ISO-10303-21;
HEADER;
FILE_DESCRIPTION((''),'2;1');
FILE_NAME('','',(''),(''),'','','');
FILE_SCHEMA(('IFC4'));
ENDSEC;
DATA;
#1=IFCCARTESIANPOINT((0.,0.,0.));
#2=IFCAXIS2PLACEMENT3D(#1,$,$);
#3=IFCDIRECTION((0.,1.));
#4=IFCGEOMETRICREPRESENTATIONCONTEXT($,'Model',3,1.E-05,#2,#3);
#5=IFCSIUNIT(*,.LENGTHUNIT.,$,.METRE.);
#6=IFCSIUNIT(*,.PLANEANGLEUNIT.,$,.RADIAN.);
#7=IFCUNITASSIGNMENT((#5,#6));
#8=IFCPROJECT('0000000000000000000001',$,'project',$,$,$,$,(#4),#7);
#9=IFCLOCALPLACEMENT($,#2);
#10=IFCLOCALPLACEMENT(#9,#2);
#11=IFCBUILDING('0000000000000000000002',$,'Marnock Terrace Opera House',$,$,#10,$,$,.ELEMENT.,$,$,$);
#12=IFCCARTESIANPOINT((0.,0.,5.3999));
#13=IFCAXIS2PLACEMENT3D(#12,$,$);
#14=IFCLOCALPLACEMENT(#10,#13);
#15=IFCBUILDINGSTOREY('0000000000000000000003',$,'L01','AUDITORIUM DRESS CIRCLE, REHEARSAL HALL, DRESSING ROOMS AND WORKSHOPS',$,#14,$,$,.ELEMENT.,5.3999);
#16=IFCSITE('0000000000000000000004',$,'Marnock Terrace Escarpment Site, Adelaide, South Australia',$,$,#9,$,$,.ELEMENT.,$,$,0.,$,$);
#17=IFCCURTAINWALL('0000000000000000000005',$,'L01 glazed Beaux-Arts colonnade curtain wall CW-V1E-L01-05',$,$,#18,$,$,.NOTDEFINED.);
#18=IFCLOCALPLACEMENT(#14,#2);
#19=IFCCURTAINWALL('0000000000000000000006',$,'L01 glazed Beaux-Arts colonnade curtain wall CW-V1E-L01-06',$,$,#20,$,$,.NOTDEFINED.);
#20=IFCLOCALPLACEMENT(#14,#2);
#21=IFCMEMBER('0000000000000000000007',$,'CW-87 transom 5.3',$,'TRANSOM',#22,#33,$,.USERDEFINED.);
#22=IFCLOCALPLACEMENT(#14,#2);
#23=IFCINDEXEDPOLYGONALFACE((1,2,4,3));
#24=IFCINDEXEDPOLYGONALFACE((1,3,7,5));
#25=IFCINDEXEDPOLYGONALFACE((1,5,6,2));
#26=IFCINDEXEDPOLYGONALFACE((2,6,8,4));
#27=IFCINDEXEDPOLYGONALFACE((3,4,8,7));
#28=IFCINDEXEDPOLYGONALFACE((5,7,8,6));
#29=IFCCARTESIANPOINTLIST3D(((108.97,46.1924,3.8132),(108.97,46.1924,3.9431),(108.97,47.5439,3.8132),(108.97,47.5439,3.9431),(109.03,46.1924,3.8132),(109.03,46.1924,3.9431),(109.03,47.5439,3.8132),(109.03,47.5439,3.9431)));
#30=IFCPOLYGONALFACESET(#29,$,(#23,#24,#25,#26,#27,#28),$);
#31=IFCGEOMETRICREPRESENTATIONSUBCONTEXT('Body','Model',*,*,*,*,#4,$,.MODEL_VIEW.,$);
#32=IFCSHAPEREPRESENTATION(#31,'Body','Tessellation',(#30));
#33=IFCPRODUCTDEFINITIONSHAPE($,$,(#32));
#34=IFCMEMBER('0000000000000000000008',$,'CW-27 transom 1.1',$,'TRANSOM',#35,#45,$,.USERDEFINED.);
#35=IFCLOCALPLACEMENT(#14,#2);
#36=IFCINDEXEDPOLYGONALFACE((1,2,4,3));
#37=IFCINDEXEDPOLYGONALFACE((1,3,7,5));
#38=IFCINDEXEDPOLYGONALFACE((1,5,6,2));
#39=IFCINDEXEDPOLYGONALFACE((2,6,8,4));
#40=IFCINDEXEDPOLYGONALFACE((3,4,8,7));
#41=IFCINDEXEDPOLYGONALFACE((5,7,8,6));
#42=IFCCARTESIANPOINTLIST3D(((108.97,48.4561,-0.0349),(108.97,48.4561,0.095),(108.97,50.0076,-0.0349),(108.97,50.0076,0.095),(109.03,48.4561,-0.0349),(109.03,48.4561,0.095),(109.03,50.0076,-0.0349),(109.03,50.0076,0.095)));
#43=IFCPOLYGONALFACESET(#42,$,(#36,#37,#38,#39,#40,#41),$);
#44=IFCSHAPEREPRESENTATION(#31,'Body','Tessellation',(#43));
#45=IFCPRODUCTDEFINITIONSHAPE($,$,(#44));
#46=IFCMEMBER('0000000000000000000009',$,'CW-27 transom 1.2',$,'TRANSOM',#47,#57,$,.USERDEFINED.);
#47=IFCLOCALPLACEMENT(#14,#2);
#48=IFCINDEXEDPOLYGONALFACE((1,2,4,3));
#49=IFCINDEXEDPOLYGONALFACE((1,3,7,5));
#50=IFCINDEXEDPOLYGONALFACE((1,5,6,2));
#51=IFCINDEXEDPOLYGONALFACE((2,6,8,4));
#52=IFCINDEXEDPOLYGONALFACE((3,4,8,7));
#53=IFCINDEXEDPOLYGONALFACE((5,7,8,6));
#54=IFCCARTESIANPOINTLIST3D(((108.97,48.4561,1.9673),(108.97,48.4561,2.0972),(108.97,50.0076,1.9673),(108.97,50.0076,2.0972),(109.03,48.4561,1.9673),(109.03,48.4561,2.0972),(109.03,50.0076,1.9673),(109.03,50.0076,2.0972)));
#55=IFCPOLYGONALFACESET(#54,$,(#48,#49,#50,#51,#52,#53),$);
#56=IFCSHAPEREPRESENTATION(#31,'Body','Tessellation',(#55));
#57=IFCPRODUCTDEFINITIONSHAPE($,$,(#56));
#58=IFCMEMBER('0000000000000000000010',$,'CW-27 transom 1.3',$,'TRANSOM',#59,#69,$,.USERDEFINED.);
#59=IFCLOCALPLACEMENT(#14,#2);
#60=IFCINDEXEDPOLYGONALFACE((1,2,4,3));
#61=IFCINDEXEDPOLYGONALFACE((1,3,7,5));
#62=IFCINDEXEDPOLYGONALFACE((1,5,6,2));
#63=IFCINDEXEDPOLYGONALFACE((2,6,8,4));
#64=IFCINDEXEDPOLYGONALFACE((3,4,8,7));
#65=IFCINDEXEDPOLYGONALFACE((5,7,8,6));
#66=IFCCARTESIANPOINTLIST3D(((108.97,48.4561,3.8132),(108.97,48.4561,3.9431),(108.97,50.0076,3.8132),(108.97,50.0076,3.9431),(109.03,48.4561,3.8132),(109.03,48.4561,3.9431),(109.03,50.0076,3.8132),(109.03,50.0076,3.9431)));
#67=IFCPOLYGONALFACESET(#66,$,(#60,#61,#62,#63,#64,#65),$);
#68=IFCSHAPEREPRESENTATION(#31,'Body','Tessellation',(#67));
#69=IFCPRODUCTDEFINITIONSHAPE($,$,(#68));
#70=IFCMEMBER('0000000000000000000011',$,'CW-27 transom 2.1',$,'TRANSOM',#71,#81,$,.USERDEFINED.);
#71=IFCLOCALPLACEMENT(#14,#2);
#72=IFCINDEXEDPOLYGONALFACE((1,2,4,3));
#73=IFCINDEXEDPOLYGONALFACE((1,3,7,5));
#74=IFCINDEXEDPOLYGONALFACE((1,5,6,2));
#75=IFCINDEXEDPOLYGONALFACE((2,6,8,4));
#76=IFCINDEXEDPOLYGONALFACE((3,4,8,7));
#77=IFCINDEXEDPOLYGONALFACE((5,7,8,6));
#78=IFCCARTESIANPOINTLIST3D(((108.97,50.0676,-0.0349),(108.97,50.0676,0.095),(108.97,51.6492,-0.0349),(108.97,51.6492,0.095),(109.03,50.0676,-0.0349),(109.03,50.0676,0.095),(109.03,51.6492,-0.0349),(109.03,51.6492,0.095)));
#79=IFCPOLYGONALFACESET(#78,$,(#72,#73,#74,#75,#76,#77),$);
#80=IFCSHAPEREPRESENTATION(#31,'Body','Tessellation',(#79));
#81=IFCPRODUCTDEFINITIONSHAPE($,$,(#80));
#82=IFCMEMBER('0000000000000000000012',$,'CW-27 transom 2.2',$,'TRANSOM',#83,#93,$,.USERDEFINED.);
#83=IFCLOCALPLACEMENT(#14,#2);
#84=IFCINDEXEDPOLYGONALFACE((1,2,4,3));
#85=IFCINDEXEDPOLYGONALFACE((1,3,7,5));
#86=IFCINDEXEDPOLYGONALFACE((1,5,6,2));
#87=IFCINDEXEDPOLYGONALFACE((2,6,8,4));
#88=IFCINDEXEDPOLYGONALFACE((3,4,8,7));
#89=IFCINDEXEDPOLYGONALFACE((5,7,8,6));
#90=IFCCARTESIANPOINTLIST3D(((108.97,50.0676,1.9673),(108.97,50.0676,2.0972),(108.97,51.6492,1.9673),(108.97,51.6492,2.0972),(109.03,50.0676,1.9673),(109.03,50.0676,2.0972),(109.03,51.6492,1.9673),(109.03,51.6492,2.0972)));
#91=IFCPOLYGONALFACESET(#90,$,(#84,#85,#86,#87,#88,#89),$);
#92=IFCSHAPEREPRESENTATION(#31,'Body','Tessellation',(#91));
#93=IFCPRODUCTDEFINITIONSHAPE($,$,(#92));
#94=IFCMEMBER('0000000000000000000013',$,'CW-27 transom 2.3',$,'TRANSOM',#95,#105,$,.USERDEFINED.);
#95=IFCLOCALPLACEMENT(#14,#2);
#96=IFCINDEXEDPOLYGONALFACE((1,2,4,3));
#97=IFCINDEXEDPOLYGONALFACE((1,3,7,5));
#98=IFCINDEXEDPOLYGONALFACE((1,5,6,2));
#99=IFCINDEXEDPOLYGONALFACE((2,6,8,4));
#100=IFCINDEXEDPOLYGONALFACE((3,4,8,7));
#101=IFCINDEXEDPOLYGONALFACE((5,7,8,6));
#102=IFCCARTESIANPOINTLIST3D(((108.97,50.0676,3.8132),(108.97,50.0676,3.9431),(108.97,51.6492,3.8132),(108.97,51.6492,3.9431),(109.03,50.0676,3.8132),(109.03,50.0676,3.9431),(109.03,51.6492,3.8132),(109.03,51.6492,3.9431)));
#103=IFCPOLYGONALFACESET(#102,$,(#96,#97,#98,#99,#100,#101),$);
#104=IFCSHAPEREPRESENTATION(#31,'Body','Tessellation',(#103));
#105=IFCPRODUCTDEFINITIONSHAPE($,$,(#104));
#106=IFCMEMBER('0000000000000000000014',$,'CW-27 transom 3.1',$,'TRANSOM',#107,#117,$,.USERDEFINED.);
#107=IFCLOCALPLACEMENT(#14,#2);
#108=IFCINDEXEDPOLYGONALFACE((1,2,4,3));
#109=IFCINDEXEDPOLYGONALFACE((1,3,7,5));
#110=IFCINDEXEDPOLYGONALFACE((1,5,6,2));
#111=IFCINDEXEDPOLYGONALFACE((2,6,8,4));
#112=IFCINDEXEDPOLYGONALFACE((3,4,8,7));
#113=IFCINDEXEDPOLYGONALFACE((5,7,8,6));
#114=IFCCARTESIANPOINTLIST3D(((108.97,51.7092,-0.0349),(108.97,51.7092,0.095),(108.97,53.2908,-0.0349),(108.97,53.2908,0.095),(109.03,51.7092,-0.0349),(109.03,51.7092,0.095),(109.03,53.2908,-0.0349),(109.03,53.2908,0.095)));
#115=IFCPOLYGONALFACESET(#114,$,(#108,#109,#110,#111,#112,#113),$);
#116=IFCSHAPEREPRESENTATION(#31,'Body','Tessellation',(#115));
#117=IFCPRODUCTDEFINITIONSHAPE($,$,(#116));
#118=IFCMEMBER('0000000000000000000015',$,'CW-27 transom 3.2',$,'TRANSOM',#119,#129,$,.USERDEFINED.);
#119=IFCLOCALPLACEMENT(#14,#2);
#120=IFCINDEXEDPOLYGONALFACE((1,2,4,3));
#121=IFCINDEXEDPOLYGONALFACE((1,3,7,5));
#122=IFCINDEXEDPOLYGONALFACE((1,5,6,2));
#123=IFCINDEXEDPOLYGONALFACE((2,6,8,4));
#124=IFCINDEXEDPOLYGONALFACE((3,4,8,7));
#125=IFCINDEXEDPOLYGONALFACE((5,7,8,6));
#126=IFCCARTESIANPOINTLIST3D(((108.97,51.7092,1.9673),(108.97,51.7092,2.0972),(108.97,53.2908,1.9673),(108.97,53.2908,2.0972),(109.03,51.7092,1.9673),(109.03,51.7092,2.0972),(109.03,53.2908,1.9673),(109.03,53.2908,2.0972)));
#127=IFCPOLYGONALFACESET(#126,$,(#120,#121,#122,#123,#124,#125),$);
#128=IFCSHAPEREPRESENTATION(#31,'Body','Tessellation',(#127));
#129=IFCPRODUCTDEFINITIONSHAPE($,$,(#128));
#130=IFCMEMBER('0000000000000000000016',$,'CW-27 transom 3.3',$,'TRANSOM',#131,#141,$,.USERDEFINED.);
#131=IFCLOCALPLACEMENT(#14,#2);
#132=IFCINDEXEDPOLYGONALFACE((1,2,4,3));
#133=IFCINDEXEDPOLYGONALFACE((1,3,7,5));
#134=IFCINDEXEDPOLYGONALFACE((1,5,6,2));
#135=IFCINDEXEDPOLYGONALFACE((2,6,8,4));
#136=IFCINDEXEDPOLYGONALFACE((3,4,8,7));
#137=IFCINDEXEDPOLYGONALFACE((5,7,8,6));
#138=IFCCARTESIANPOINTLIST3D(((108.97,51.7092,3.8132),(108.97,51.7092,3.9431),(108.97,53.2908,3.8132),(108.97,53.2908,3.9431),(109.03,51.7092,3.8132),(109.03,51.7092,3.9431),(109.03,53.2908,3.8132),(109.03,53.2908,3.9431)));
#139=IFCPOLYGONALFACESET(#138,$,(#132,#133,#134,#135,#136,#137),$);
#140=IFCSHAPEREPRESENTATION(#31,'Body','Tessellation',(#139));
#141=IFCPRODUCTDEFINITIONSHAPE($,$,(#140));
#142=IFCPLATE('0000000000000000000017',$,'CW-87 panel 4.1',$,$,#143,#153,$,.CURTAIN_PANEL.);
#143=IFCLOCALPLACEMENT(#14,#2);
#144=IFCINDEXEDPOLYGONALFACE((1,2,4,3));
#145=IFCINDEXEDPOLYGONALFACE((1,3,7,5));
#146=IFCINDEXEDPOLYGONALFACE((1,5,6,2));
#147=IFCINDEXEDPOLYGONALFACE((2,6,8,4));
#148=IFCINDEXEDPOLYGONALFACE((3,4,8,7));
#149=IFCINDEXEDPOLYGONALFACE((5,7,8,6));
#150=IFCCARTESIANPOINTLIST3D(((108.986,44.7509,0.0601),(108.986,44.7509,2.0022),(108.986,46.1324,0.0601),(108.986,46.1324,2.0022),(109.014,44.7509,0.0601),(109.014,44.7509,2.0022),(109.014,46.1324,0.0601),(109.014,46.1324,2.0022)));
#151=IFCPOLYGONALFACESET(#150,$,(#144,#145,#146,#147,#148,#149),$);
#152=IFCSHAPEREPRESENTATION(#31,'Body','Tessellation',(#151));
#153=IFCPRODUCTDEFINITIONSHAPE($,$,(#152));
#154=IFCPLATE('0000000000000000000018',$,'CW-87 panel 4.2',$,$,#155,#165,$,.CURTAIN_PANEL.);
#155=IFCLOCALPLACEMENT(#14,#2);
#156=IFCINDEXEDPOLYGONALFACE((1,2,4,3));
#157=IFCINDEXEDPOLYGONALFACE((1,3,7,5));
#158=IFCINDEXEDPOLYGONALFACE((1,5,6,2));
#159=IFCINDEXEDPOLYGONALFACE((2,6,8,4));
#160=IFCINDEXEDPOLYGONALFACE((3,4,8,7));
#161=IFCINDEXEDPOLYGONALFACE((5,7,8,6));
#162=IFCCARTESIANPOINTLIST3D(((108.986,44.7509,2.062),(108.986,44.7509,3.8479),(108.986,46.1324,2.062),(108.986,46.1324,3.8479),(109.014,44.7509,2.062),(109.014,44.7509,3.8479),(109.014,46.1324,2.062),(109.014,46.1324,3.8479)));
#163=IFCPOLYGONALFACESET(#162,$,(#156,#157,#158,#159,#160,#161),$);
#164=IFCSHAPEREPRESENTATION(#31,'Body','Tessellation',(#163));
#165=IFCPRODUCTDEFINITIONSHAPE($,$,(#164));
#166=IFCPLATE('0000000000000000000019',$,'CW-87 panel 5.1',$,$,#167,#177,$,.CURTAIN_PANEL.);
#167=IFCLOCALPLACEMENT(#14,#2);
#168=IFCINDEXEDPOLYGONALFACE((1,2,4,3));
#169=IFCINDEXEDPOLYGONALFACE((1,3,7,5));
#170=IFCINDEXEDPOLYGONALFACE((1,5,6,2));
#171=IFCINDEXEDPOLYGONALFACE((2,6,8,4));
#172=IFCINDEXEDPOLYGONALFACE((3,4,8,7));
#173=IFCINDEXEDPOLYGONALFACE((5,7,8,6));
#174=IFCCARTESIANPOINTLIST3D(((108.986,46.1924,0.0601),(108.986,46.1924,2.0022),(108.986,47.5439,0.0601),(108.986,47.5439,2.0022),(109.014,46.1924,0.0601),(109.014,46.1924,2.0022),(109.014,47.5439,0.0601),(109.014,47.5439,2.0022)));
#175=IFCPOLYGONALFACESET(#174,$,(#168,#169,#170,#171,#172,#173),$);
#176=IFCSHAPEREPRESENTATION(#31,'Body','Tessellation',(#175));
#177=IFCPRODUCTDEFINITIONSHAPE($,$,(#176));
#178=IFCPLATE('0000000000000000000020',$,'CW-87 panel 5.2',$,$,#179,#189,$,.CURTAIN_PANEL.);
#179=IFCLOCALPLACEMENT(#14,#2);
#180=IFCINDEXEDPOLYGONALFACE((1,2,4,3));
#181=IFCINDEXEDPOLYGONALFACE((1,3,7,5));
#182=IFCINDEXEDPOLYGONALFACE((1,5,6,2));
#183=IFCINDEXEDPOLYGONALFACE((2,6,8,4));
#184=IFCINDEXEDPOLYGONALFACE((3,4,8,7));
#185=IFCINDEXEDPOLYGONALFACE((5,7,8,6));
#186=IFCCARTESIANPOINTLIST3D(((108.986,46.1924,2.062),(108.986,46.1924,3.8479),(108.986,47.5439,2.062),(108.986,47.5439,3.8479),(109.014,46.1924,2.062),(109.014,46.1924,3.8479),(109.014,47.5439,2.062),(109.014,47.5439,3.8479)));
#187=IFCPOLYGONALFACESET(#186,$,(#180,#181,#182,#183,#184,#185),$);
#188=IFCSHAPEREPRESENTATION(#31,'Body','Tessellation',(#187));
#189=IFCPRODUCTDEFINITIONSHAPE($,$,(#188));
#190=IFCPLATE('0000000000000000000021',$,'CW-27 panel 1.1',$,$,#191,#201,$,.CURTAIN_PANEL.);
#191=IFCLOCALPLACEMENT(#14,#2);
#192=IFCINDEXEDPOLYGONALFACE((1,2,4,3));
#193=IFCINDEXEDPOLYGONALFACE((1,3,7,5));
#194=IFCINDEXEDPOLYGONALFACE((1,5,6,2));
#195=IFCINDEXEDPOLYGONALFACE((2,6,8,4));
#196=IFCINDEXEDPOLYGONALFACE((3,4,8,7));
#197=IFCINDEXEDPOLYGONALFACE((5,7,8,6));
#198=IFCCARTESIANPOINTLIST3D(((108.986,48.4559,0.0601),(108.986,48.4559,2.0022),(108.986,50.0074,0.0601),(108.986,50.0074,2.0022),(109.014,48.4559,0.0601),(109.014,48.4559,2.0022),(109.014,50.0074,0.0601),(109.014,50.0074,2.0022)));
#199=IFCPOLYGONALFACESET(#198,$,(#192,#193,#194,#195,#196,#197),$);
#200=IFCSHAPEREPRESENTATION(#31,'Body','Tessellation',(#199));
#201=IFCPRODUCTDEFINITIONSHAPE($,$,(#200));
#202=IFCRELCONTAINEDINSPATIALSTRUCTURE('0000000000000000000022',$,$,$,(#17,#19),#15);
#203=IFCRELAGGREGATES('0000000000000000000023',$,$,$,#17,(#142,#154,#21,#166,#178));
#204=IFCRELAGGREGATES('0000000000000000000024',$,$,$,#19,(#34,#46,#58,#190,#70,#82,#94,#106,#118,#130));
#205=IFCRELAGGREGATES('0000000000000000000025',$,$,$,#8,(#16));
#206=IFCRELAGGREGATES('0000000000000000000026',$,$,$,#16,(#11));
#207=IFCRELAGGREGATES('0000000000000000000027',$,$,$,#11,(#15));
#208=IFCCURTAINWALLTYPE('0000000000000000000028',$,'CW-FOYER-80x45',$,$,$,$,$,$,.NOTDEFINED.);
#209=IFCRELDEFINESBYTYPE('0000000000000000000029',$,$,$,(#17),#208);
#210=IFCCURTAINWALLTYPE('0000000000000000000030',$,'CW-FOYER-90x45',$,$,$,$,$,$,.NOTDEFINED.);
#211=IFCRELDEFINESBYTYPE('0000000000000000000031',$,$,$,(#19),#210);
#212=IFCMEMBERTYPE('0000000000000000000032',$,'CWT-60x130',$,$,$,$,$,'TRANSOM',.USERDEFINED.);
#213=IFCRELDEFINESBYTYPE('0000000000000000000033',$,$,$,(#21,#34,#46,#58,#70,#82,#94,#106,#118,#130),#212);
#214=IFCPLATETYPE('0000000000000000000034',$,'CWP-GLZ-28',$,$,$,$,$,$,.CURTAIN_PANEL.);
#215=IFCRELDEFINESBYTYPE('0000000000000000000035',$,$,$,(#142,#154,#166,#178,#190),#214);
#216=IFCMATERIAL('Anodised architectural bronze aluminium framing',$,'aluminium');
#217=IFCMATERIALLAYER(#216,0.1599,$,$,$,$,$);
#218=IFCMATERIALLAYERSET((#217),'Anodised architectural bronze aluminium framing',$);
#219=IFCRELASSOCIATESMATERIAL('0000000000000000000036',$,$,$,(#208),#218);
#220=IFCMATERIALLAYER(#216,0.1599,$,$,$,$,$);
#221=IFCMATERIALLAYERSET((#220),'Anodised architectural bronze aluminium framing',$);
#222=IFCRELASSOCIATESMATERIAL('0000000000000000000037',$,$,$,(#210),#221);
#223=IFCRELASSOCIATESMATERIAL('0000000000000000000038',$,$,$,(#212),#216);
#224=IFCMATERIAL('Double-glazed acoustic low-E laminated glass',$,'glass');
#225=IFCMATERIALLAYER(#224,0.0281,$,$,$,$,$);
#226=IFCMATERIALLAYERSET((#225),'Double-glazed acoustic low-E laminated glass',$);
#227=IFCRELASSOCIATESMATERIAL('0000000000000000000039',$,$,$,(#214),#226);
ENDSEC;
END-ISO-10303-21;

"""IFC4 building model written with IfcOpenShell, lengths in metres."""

from ifc_helpers import new_model, si_unit, direction, frame, origin, origin_2d, place, context, subcontext, project, spatial, rectangle, extrude, material, layer, layer_set, material_profile, profile_set, type_object, element, aggregate, save


model = new_model("IFC4")

# Units and contexts
model_context = context("Model", 3, precision=1e-05, world=origin(), true_north=direction((0.0, 1.0)))
body_context = subcontext(model_context, "Body", "Model", "MODEL_VIEW")
ifc_project = project(units=[si_unit("LENGTHUNIT", "METRE"), si_unit("PLANEANGLEUNIT", "RADIAN")], contexts=[model_context])

# Site, building, storey
site_placement = place(None, origin())
site = spatial("IfcSite", under=ifc_project, at=site_placement, Name="Marnock Terrace Escarpment Site, Adelaide, South Australia", CompositionType="ELEMENT", RefElevation=0.0)
building_placement = place(site_placement, origin())
building = spatial("IfcBuilding", under=site, at=building_placement, Name="Marnock Terrace Opera House", CompositionType="ELEMENT")
storey_placement = place(building_placement, frame((0.0, 0.0, 5.3999)))
storey = spatial("IfcBuildingStorey", under=building, at=storey_placement, Name="L01", Description="AUDITORIUM DRESS CIRCLE, REHEARSAL HALL, DRESSING ROOMS AND WORKSHOPS", CompositionType="ELEMENT", Elevation=5.3999)

# Curtain walls
ifc_material_1 = material(Name="Anodised architectural bronze aluminium framing", Category="aluminium")
ifc_layer_1 = layer(ifc_material_1, 0.1599)
ifc_layer_set_1 = layer_set([ifc_layer_1], Name="Anodised architectural bronze aluminium framing")
curtain_wall_type_1 = type_object("IfcCurtainWallType", Name="CW-FOYER-80x45", PredefinedType="NOTDEFINED", material=ifc_layer_set_1)
curtain_wall_1_placement = place(storey_placement, origin())
curtain_wall_1 = element("IfcCurtainWall", 1, at=curtain_wall_1_placement, inside=storey, type_object=curtain_wall_type_1, Name="L01 glazed Beaux-Arts colonnade curtain wall CW-V1E-L01-05", PredefinedType="NOTDEFINED")
ifc_layer_2 = layer(ifc_material_1, 0.1599)
ifc_layer_set_2 = layer_set([ifc_layer_2], Name="Anodised architectural bronze aluminium framing")
curtain_wall_type_2 = type_object("IfcCurtainWallType", Name="CW-FOYER-90x45", PredefinedType="NOTDEFINED", material=ifc_layer_set_2)
curtain_wall_2_placement = place(storey_placement, origin())
curtain_wall_2 = element("IfcCurtainWall", 2, at=curtain_wall_2_placement, inside=storey, type_object=curtain_wall_type_2, Name="L01 glazed Beaux-Arts colonnade curtain wall CW-V1E-L01-06", PredefinedType="NOTDEFINED")

# Members
ifc_material_profile_1 = material_profile(ifc_material_1, rectangle(XDim=0.0601, YDim=0.1299, at=origin_2d()))
ifc_profile_set_1 = profile_set([ifc_material_profile_1], Name="Anodised architectural bronze aluminium framing")
member_type_1 = type_object("IfcMemberType", Name="CWT-60x130", ElementType="TRANSOM", PredefinedType="USERDEFINED", material=ifc_profile_set_1)
member_1_placement = place(storey_placement, frame((109.0, 46.1924, 3.8782), z_axis=(0.0, 1.0, 0.0), x_axis=(-1.0, 0.0, 0.0)))
member_1 = element("IfcMember", 3, at=member_1_placement, type_object=member_type_1, Name="CW-87 transom 5.3", ObjectType="TRANSOM", PredefinedType="USERDEFINED", context=body_context, shape_type="SweptSolid", body=[
    extrude(rectangle(XDim=0.0601, YDim=0.1299, at=origin_2d()), origin(), (0.0, 0.0, 1.0), 1.3516),
])
member_2_placement = place(storey_placement, frame((109.0, 48.4561, 0.03), z_axis=(0.0, 1.0, 0.0), x_axis=(-1.0, 0.0, 0.0)))
member_2 = element("IfcMember", 4, at=member_2_placement, type_object=member_type_1, Name="CW-27 transom 1.1", ObjectType="TRANSOM", PredefinedType="USERDEFINED", context=body_context, shape_type="SweptSolid", body=[
    extrude(rectangle(XDim=0.0601, YDim=0.1299, at=origin_2d()), origin(), (0.0, 0.0, 1.0), 1.5515),
])
member_3_placement = place(storey_placement, frame((109.0, 48.4561, 2.0322), z_axis=(0.0, 1.0, 0.0), x_axis=(-1.0, 0.0, 0.0)))
member_3 = element("IfcMember", 5, at=member_3_placement, type_object=member_type_1, Name="CW-27 transom 1.2", ObjectType="TRANSOM", PredefinedType="USERDEFINED", context=body_context, shape_type="SweptSolid", body=[
    extrude(rectangle(XDim=0.0601, YDim=0.1299, at=origin_2d()), origin(), (0.0, 0.0, 1.0), 1.5515),
])
member_4_placement = place(storey_placement, frame((109.0, 48.4561, 3.8782), z_axis=(0.0, 1.0, 0.0), x_axis=(-1.0, 0.0, 0.0)))
member_4 = element("IfcMember", 6, at=member_4_placement, type_object=member_type_1, Name="CW-27 transom 1.3", ObjectType="TRANSOM", PredefinedType="USERDEFINED", context=body_context, shape_type="SweptSolid", body=[
    extrude(rectangle(XDim=0.0601, YDim=0.1299, at=origin_2d()), origin(), (0.0, 0.0, 1.0), 1.5515),
])
member_5_placement = place(storey_placement, frame((109.0, 50.0676, 0.03), z_axis=(0.0, 1.0, 0.0), x_axis=(-1.0, 0.0, 0.0)))
member_5 = element("IfcMember", 7, at=member_5_placement, type_object=member_type_1, Name="CW-27 transom 2.1", ObjectType="TRANSOM", PredefinedType="USERDEFINED", context=body_context, shape_type="SweptSolid", body=[
    extrude(rectangle(XDim=0.0601, YDim=0.1299, at=origin_2d()), origin(), (0.0, 0.0, 1.0), 1.5815),
])
member_6_placement = place(storey_placement, frame((109.0, 50.0676, 2.0322), z_axis=(0.0, 1.0, 0.0), x_axis=(-1.0, 0.0, 0.0)))
member_6 = element("IfcMember", 8, at=member_6_placement, type_object=member_type_1, Name="CW-27 transom 2.2", ObjectType="TRANSOM", PredefinedType="USERDEFINED", context=body_context, shape_type="SweptSolid", body=[
    extrude(rectangle(XDim=0.0601, YDim=0.1299, at=origin_2d()), origin(), (0.0, 0.0, 1.0), 1.5815),
])
member_7_placement = place(storey_placement, frame((109.0, 50.0676, 3.8782), z_axis=(0.0, 1.0, 0.0), x_axis=(-1.0, 0.0, 0.0)))
member_7 = element("IfcMember", 9, at=member_7_placement, type_object=member_type_1, Name="CW-27 transom 2.3", ObjectType="TRANSOM", PredefinedType="USERDEFINED", context=body_context, shape_type="SweptSolid", body=[
    extrude(rectangle(XDim=0.0601, YDim=0.1299, at=origin_2d()), origin(), (0.0, 0.0, 1.0), 1.5815),
])
member_8_placement = place(storey_placement, frame((109.0, 51.7092, 0.03), z_axis=(0.0, 1.0, 0.0), x_axis=(-1.0, 0.0, 0.0)))
member_8 = element("IfcMember", 10, at=member_8_placement, type_object=member_type_1, Name="CW-27 transom 3.1", ObjectType="TRANSOM", PredefinedType="USERDEFINED", context=body_context, shape_type="SweptSolid", body=[
    extrude(rectangle(XDim=0.0601, YDim=0.1299, at=origin_2d()), origin(), (0.0, 0.0, 1.0), 1.5815),
])
member_9_placement = place(storey_placement, frame((109.0, 51.7092, 2.0322), z_axis=(0.0, 1.0, 0.0), x_axis=(-1.0, 0.0, 0.0)))
member_9 = element("IfcMember", 11, at=member_9_placement, type_object=member_type_1, Name="CW-27 transom 3.2", ObjectType="TRANSOM", PredefinedType="USERDEFINED", context=body_context, shape_type="SweptSolid", body=[
    extrude(rectangle(XDim=0.0601, YDim=0.1299, at=origin_2d()), origin(), (0.0, 0.0, 1.0), 1.5815),
])
member_10_placement = place(storey_placement, frame((109.0, 51.7092, 3.8782), z_axis=(0.0, 1.0, 0.0), x_axis=(-1.0, 0.0, 0.0)))
member_10 = element("IfcMember", 12, at=member_10_placement, type_object=member_type_1, Name="CW-27 transom 3.3", ObjectType="TRANSOM", PredefinedType="USERDEFINED", context=body_context, shape_type="SweptSolid", body=[
    extrude(rectangle(XDim=0.0601, YDim=0.1299, at=origin_2d()), origin(), (0.0, 0.0, 1.0), 1.5815),
])

# Plates
ifc_material_2 = material(Name="Double-glazed acoustic low-E laminated glass", Category="glass")
ifc_layer_3 = layer(ifc_material_2, 0.0281)
ifc_layer_set_3 = layer_set([ifc_layer_3], Name="Double-glazed acoustic low-E laminated glass")
plate_type = type_object("IfcPlateType", Name="CWP-GLZ-28", PredefinedType="CURTAIN_PANEL", material=ifc_layer_set_3)
plate_1_placement = place(storey_placement, frame((109.0, 45.4417, 0.0601), z_axis=(0.0, 0.0, 1.0), x_axis=(0.0, 1.0, 0.0)))
plate_1 = element("IfcPlate", 13, at=plate_1_placement, type_object=plate_type, Name="CW-87 panel 4.1", PredefinedType="CURTAIN_PANEL", context=body_context, shape_type="SweptSolid", body=[
    extrude(rectangle(XDim=1.3816, YDim=0.0281, at=origin_2d()), origin(), (0.0, 0.0, 1.0), 1.9421),
])
plate_2_placement = place(storey_placement, frame((109.0, 45.4417, 2.062), z_axis=(0.0, 0.0, 1.0), x_axis=(0.0, 1.0, 0.0)))
plate_2 = element("IfcPlate", 14, at=plate_2_placement, type_object=plate_type, Name="CW-87 panel 4.2", PredefinedType="CURTAIN_PANEL", context=body_context, shape_type="SweptSolid", body=[
    extrude(rectangle(XDim=1.3816, YDim=0.0281, at=origin_2d()), origin(), (0.0, 0.0, 1.0), 1.7859),
])
plate_3_placement = place(storey_placement, frame((109.0, 46.8682, 0.0601), z_axis=(0.0, 0.0, 1.0), x_axis=(0.0, 1.0, 0.0)))
plate_3 = element("IfcPlate", 15, at=plate_3_placement, type_object=plate_type, Name="CW-87 panel 5.1", PredefinedType="CURTAIN_PANEL", context=body_context, shape_type="SweptSolid", body=[
    extrude(rectangle(XDim=1.3516, YDim=0.0281, at=origin_2d()), origin(), (0.0, 0.0, 1.0), 1.9421),
])
plate_4_placement = place(storey_placement, frame((109.0, 46.8682, 2.062), z_axis=(0.0, 0.0, 1.0), x_axis=(0.0, 1.0, 0.0)))
plate_4 = element("IfcPlate", 16, at=plate_4_placement, type_object=plate_type, Name="CW-87 panel 5.2", PredefinedType="CURTAIN_PANEL", context=body_context, shape_type="SweptSolid", body=[
    extrude(rectangle(XDim=1.3516, YDim=0.0281, at=origin_2d()), origin(), (0.0, 0.0, 1.0), 1.7859),
])
aggregate(curtain_wall_1, [plate_1, plate_2, member_1, plate_3, plate_4])
plate_5_placement = place(storey_placement, frame((109.0, 49.2317, 0.0601), z_axis=(0.0, 0.0, 1.0), x_axis=(0.0, 1.0, 0.0)))
plate_5 = element("IfcPlate", 17, at=plate_5_placement, type_object=plate_type, Name="CW-27 panel 1.1", PredefinedType="CURTAIN_PANEL", context=body_context, shape_type="SweptSolid", body=[
    extrude(rectangle(XDim=1.5515, YDim=0.0281, at=origin_2d()), origin(), (0.0, 0.0, 1.0), 1.9421),
])
aggregate(curtain_wall_2, [member_2, member_3, member_4, plate_5, member_5, member_6, member_7, member_8, member_9, member_10])

save(model, "model.ifc")
